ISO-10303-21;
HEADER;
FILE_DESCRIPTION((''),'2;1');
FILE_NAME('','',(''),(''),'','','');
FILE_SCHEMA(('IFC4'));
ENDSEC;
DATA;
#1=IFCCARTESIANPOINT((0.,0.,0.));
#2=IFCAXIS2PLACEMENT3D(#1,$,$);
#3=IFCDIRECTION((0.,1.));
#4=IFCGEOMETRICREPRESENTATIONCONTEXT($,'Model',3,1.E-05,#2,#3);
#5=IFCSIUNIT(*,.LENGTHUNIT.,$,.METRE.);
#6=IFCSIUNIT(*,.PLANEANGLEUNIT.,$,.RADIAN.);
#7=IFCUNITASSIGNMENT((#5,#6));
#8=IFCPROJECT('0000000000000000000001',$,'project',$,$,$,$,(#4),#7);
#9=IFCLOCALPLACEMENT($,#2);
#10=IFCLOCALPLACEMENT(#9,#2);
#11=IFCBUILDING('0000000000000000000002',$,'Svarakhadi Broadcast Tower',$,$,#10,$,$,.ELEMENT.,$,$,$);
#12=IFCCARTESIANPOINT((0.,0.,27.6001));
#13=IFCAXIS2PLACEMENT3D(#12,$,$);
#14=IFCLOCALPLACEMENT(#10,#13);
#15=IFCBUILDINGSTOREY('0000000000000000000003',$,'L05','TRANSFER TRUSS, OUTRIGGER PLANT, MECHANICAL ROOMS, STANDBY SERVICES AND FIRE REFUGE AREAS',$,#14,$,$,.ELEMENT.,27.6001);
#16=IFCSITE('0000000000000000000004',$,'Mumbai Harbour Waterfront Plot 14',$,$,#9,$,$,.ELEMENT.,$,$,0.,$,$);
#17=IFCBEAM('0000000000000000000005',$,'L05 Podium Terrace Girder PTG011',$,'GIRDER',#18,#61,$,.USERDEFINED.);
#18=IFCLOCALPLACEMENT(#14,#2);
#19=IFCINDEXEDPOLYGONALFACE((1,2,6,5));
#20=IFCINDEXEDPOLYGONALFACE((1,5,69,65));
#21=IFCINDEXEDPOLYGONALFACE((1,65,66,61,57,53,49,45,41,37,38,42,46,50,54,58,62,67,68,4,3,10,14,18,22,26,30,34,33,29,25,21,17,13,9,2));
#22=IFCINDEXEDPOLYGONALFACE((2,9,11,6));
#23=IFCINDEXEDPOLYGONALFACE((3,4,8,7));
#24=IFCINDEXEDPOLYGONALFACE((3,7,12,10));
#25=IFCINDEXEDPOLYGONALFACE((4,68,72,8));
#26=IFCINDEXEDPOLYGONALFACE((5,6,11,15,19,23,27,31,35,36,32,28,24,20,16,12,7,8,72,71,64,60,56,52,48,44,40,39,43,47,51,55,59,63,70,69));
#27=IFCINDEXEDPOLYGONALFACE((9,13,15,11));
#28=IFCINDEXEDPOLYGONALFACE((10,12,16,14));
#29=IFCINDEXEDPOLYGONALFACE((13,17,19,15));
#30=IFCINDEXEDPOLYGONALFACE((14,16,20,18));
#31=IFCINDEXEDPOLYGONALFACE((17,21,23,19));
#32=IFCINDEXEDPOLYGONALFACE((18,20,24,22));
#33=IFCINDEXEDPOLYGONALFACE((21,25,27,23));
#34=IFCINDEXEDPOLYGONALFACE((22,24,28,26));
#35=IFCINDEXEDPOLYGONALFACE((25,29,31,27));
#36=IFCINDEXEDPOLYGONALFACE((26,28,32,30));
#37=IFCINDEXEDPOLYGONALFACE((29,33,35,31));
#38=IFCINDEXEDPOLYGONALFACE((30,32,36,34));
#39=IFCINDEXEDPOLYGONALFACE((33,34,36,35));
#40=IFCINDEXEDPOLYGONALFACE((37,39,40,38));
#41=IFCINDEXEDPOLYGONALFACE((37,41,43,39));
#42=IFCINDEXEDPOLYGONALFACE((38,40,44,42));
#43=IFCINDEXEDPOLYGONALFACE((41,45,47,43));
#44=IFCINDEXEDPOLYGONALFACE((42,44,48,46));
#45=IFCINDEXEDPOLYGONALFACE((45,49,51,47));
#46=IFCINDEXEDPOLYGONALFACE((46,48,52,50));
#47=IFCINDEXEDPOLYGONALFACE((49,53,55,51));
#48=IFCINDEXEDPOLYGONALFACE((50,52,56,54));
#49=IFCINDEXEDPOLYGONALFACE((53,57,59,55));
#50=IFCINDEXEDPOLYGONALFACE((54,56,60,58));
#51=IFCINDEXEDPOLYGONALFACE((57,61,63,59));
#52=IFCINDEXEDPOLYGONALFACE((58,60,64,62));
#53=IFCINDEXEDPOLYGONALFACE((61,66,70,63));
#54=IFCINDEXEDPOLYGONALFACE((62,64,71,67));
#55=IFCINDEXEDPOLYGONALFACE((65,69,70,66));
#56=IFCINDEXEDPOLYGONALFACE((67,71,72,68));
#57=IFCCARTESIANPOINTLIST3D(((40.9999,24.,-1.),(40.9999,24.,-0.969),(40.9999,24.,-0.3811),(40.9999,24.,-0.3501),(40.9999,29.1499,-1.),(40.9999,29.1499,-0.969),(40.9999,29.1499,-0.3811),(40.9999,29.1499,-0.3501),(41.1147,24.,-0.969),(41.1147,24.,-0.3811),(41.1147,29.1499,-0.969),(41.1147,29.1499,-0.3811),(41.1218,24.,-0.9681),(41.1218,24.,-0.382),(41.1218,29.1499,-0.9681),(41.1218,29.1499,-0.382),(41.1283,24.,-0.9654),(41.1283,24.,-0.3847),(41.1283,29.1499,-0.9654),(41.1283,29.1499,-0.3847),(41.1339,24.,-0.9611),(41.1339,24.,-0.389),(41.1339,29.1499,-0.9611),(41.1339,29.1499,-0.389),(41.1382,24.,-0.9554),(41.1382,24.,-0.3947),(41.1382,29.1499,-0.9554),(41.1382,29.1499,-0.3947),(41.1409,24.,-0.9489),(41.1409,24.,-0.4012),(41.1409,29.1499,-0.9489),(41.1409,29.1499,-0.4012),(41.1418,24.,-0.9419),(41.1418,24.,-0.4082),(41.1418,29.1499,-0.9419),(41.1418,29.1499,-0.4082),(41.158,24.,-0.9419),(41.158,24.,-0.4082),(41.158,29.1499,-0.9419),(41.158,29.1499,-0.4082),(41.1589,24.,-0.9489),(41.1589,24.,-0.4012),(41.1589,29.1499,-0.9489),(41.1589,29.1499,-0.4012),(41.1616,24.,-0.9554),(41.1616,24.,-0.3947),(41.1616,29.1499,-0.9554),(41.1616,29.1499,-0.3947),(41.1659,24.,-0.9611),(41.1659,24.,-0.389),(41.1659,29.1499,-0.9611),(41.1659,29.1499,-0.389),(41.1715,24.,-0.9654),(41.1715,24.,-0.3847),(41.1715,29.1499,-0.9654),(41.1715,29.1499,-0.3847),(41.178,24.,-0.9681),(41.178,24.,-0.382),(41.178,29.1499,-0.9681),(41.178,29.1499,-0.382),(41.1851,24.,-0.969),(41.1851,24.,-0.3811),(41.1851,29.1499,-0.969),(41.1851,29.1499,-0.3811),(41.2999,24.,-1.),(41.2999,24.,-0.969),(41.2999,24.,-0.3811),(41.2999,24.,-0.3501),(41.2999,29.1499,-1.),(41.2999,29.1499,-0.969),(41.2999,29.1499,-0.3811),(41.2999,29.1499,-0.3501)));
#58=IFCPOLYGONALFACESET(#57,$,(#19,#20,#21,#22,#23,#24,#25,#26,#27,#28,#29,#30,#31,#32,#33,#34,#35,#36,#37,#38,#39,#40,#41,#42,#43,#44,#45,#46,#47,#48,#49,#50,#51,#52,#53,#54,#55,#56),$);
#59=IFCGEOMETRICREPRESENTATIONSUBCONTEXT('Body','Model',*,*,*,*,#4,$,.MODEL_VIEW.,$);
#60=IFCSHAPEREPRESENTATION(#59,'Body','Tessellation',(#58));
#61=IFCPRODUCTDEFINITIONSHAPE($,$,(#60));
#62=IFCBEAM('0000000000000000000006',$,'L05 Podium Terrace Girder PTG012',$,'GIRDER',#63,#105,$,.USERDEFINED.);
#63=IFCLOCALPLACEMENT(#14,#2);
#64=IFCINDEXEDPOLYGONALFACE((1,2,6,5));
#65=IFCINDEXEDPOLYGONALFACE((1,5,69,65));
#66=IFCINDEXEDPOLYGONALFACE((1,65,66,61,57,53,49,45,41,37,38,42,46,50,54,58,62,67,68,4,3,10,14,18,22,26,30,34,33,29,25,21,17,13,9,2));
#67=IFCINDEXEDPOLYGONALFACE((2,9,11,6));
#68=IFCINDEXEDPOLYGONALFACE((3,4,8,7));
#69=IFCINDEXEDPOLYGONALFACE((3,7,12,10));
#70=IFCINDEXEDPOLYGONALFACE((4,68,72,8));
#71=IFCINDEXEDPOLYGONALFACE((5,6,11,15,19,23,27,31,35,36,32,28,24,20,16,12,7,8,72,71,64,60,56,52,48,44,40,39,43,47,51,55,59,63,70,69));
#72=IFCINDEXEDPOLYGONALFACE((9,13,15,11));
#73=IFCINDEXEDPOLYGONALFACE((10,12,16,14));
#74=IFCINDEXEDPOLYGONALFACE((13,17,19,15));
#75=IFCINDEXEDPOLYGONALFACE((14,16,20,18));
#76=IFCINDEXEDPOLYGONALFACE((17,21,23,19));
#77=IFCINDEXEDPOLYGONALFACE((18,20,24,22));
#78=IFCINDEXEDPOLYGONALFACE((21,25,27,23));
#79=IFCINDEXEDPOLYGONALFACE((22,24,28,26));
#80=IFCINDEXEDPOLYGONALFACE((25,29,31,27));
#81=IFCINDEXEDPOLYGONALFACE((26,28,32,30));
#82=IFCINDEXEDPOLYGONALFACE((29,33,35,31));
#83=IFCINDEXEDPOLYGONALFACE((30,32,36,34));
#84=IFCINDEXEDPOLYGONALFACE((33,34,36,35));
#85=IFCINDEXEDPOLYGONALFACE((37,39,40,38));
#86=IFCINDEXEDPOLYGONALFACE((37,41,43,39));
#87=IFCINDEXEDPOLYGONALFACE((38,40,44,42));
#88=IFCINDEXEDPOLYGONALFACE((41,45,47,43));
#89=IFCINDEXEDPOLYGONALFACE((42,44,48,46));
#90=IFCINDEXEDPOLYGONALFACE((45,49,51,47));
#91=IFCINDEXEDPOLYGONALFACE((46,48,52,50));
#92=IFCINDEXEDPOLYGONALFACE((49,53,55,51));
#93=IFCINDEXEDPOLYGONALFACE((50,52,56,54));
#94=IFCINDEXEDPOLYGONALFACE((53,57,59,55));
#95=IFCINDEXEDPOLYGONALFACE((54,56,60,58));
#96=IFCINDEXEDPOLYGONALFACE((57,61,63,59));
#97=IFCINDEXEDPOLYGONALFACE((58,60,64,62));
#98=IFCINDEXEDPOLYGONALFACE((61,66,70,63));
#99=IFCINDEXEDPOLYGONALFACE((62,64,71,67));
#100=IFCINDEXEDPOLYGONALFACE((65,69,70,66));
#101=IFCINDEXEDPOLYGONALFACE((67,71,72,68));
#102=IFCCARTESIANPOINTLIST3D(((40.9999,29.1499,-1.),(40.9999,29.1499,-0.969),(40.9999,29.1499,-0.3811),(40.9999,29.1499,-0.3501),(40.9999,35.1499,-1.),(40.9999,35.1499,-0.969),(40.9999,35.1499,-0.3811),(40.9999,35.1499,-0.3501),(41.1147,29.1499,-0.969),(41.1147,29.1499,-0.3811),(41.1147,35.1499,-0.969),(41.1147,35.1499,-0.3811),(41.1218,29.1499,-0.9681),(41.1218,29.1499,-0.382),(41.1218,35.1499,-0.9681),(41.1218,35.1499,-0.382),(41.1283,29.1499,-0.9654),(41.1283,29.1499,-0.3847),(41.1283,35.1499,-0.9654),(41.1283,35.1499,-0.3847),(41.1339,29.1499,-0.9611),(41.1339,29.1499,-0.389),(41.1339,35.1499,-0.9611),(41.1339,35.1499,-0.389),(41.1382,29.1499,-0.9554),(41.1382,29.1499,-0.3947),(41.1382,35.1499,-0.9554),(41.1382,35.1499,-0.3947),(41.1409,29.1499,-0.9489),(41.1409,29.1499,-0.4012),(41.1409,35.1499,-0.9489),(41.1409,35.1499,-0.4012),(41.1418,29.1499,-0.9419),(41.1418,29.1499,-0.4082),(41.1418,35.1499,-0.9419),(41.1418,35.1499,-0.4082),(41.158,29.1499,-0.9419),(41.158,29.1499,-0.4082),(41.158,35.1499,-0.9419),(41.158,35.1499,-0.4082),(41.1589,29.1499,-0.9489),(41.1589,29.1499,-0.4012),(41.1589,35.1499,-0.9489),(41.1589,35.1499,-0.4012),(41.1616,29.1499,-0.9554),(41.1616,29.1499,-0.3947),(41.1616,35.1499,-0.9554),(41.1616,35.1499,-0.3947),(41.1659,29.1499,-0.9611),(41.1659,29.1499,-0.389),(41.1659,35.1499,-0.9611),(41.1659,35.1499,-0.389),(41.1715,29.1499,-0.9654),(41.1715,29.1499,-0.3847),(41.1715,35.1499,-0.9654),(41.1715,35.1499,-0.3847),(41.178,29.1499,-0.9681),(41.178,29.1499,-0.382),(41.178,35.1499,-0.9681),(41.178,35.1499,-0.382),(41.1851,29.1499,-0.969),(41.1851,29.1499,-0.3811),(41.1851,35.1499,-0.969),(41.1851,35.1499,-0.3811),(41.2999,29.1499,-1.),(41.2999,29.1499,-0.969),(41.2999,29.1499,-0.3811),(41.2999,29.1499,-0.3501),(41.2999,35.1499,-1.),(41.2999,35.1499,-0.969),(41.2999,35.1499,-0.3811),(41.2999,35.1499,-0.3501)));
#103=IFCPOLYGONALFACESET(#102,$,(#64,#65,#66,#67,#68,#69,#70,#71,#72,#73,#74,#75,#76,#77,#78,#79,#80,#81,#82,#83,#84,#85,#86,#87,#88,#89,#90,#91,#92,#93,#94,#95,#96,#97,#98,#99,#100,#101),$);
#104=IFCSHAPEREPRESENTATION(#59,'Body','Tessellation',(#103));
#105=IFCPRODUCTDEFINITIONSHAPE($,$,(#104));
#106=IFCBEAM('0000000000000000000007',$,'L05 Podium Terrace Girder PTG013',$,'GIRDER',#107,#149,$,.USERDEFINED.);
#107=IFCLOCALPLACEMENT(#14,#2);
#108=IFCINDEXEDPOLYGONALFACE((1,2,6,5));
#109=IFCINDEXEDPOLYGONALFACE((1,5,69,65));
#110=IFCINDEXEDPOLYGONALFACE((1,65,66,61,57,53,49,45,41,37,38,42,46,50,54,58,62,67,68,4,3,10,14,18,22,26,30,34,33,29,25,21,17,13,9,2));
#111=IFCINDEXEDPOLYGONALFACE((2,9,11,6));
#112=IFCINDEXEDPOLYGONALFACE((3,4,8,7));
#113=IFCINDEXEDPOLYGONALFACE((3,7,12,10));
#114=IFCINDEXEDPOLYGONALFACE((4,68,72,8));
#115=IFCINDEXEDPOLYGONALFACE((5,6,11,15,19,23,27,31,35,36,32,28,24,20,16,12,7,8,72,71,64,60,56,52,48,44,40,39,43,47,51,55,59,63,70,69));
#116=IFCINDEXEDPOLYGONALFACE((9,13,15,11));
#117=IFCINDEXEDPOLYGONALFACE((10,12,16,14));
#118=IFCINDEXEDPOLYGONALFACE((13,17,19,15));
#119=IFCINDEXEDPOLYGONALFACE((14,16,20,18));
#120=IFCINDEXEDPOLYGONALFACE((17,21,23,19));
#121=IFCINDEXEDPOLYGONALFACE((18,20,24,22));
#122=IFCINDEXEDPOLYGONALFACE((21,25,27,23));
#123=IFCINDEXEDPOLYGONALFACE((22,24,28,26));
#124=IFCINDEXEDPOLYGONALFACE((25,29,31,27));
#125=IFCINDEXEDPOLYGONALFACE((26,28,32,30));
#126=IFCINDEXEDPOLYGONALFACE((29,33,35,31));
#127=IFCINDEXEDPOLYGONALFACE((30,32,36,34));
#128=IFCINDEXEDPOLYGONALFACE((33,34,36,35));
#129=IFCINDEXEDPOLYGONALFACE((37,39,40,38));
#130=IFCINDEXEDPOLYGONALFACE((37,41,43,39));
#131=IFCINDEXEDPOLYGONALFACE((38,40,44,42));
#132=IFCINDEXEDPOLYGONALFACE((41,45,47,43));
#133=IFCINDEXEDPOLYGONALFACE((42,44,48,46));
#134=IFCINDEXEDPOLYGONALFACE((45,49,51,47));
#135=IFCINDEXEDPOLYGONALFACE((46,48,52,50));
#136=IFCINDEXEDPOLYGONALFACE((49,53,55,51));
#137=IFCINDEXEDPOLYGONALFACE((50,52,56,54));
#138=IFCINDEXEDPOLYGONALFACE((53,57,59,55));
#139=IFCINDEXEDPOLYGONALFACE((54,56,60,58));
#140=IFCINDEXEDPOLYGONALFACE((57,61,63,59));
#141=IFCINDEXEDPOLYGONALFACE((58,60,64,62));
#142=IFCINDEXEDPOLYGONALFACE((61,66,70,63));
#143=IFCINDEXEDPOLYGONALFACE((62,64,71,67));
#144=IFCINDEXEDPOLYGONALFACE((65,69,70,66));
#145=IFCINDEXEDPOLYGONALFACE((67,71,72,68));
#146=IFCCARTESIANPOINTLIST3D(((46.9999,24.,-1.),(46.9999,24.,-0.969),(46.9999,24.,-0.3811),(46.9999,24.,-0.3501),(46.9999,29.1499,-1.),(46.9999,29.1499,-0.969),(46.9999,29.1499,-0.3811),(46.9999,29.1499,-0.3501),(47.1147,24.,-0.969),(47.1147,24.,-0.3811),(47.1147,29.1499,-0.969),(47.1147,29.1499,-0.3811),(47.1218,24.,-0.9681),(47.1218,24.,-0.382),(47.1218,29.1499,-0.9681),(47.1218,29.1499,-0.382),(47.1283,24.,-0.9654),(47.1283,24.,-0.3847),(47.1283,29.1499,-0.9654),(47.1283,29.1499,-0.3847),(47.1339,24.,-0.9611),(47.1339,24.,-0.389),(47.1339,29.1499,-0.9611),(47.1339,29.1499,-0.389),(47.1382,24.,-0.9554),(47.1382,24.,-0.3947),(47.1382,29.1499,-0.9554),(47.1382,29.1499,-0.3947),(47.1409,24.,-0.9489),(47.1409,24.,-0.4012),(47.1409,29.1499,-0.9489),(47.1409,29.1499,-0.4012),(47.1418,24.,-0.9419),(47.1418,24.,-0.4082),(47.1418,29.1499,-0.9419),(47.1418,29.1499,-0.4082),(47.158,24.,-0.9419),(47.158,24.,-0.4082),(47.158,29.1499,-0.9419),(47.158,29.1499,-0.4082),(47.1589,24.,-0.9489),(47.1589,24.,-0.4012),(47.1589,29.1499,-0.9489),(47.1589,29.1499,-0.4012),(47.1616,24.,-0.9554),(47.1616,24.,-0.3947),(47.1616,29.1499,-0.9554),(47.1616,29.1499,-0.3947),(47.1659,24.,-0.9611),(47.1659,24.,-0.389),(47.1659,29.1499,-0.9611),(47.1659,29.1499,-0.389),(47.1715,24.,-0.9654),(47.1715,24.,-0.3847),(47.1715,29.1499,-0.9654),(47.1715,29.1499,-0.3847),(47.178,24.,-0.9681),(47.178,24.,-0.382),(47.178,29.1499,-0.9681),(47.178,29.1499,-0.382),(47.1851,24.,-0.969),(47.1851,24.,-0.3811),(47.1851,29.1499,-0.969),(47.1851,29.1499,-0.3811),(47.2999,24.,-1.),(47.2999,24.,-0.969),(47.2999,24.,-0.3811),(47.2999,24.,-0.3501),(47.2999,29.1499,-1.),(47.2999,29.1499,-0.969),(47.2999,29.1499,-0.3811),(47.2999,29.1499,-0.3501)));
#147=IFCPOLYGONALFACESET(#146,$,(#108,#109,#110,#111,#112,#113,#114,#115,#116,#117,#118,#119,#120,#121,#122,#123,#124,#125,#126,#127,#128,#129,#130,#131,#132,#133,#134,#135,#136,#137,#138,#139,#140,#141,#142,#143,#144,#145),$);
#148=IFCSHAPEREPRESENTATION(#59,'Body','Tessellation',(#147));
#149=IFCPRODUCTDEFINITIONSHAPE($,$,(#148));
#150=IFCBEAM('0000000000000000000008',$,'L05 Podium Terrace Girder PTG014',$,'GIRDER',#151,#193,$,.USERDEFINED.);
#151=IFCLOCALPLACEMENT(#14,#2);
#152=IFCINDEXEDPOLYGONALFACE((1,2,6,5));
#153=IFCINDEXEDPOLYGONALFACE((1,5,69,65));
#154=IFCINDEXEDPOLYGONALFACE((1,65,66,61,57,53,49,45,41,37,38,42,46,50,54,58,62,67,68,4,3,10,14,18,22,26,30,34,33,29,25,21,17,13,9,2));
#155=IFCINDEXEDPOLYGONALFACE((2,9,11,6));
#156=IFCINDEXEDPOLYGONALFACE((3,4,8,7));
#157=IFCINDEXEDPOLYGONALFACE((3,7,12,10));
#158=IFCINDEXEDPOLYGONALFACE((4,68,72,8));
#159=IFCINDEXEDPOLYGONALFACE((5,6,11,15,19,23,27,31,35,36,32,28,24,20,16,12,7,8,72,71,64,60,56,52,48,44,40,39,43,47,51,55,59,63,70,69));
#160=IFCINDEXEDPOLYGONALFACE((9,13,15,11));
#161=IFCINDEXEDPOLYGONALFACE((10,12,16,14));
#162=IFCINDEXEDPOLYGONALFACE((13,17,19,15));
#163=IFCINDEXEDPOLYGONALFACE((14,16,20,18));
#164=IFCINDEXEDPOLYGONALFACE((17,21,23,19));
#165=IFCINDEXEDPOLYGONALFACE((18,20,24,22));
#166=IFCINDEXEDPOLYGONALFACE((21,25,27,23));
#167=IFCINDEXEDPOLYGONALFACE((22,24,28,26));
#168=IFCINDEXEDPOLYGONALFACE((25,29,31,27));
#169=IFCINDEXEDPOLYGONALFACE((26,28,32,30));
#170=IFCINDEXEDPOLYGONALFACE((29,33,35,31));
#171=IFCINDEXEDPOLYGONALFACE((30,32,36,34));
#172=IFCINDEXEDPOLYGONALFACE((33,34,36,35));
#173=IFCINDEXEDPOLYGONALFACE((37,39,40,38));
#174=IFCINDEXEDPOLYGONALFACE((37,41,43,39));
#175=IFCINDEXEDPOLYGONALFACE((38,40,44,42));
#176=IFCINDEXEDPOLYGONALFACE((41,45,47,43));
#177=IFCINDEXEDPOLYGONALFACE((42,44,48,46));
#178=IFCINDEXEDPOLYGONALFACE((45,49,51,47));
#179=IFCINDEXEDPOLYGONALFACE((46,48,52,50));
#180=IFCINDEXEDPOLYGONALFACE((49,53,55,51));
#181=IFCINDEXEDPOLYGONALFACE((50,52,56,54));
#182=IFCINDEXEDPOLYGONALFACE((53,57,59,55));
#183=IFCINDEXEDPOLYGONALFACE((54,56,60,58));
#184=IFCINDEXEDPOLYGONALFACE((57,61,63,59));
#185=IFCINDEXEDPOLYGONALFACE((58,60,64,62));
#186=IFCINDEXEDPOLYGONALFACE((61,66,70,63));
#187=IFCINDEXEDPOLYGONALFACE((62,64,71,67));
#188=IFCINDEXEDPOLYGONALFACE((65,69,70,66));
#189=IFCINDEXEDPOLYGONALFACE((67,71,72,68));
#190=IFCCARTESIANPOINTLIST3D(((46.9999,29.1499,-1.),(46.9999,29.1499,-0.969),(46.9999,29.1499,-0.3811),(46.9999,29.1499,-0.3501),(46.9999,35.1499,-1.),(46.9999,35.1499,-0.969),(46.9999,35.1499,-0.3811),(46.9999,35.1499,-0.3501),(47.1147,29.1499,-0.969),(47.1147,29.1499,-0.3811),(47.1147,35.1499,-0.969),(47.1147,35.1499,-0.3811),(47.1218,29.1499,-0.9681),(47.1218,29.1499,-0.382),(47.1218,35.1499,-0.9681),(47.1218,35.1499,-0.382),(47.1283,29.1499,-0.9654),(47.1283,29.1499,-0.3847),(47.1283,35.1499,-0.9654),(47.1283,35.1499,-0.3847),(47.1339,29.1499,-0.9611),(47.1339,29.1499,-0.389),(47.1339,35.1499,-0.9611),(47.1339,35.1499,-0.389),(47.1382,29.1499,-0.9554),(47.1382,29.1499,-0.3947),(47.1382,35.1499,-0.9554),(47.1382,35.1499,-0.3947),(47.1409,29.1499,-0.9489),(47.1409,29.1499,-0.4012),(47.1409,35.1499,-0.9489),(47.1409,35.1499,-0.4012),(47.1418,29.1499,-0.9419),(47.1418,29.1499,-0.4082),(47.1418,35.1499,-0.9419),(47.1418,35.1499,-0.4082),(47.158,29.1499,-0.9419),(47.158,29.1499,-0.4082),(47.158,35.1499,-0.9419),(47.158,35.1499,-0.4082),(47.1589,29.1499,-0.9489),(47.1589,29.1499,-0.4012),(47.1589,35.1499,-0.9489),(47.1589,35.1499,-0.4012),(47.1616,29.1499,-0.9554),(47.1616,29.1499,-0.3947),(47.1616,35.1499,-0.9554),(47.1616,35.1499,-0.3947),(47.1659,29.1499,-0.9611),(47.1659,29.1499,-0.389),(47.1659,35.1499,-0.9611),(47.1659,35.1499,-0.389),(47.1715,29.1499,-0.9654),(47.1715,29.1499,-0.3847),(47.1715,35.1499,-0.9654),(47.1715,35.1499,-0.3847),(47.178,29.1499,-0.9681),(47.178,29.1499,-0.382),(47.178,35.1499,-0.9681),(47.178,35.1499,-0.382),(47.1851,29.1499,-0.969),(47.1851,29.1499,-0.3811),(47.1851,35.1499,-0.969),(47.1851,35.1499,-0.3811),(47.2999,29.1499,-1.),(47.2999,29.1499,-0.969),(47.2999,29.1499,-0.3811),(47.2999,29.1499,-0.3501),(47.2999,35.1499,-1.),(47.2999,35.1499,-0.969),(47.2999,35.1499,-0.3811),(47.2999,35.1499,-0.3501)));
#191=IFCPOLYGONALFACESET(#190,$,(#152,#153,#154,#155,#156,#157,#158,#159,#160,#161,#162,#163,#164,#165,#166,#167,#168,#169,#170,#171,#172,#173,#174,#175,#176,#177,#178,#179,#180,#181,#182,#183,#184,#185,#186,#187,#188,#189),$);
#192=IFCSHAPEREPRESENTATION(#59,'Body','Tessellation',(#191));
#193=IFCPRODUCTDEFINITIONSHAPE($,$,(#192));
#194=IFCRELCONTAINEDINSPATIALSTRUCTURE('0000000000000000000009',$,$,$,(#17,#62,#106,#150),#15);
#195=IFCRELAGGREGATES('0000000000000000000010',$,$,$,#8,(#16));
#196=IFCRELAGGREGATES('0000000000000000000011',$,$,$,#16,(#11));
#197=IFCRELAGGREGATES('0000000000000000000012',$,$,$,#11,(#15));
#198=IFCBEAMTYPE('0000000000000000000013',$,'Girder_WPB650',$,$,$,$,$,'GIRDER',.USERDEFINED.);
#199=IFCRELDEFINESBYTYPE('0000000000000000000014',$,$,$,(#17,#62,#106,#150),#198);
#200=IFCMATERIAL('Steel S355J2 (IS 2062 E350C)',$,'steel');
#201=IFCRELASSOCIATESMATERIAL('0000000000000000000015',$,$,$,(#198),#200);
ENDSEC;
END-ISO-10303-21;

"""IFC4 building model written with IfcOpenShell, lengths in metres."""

from ifc_helpers import new_model, si_unit, direction, frame, origin, origin_2d, place, context, subcontext, project, spatial, i_section, extrude, material, material_profile, profile_set, type_object, element, save


model = new_model("IFC4")

# Units and contexts
model_context = context("Model", 3, precision=1e-05, world=origin(), true_north=direction((0.0, 1.0)))
body_context = subcontext(model_context, "Body", "Model", "MODEL_VIEW")
ifc_project = project(units=[si_unit("LENGTHUNIT", "METRE"), si_unit("PLANEANGLEUNIT", "RADIAN")], contexts=[model_context])

# Site, building, storey
site_placement = place(None, origin())
site = spatial("IfcSite", under=ifc_project, at=site_placement, Name="Mumbai Harbour Waterfront Plot 14", CompositionType="ELEMENT", RefElevation=0.0)
building_placement = place(site_placement, origin())
building = spatial("IfcBuilding", under=site, at=building_placement, Name="Svarakhadi Broadcast Tower", CompositionType="ELEMENT")
storey_placement = place(building_placement, frame((0.0, 0.0, 27.6001)))
storey = spatial("IfcBuildingStorey", under=building, at=storey_placement, Name="L05", Description="TRANSFER TRUSS, OUTRIGGER PLANT, MECHANICAL ROOMS, STANDBY SERVICES AND FIRE REFUGE AREAS", CompositionType="ELEMENT", Elevation=27.6001)

# Beams
ifc_material_1 = material(Name="Steel S355J2 (IS 2062 E350C)", Category="steel")
ifc_material_profile_1 = material_profile(ifc_material_1, i_section(OverallWidth=0.3, OverallDepth=0.6499, WebThickness=0.0161, FlangeThickness=0.031, FilletRadius=0.0271, at=origin_2d()), Name="WPB 650x300x225")
ifc_profile_set_1 = profile_set([ifc_material_profile_1], Name="Steel S355J2 (IS 2062 E350C)")
beam_type_1 = type_object("IfcBeamType", Name="Girder_WPB650", ElementType="GIRDER", PredefinedType="USERDEFINED", material=ifc_profile_set_1)
beam_1_placement = place(storey_placement, frame((41.1499, 24.0, -0.675), z_axis=(0.0, 1.0, 0.0), x_axis=(-1.0, 0.0, 0.0)))
element("IfcBeam", 1, at=beam_1_placement, inside=storey, type_object=beam_type_1, Name="L05 Podium Terrace Girder PTG011", ObjectType="GIRDER", PredefinedType="USERDEFINED", context=body_context, shape_type="SweptSolid", body=[
    extrude(i_section(OverallWidth=0.3, OverallDepth=0.6499, WebThickness=0.0161, FlangeThickness=0.031, FilletRadius=0.0271, at=origin_2d()), origin(), (0.0, 0.0, 1.0), 5.1499),
])
beam_2_placement = place(storey_placement, frame((41.1499, 29.1499, -0.675), z_axis=(0.0, 1.0, 0.0), x_axis=(-1.0, 0.0, 0.0)))
element("IfcBeam", 2, at=beam_2_placement, inside=storey, type_object=beam_type_1, Name="L05 Podium Terrace Girder PTG012", ObjectType="GIRDER", PredefinedType="USERDEFINED", context=body_context, shape_type="SweptSolid", body=[
    extrude(i_section(OverallWidth=0.3, OverallDepth=0.6499, WebThickness=0.0161, FlangeThickness=0.031, FilletRadius=0.0271, at=origin_2d()), origin(), (0.0, 0.0, 1.0), 6.0),
])
beam_3_placement = place(storey_placement, frame((47.1499, 24.0, -0.675), z_axis=(0.0, 1.0, 0.0), x_axis=(-1.0, 0.0, 0.0)))
element("IfcBeam", 3, at=beam_3_placement, inside=storey, type_object=beam_type_1, Name="L05 Podium Terrace Girder PTG013", ObjectType="GIRDER", PredefinedType="USERDEFINED", context=body_context, shape_type="SweptSolid", body=[
    extrude(i_section(OverallWidth=0.3, OverallDepth=0.6499, WebThickness=0.0161, FlangeThickness=0.031, FilletRadius=0.0271, at=origin_2d()), origin(), (0.0, 0.0, 1.0), 5.1499),
])
for number, where, z_axis, x_axis, name in (
    (4, (47.1499, 29.1499, -0.675), (0.0, 1.0, 0.0), (-1.0, 0.0, 0.0), "L05 Podium Terrace Girder PTG014"),
):
    element("IfcBeam", number, at=place(storey_placement, frame(where, z_axis=z_axis, x_axis=x_axis)), inside=storey, type_object=beam_type_1, Name=name, ObjectType="GIRDER", PredefinedType="USERDEFINED", context=body_context, shape_type="SweptSolid", body=[
        extrude(i_section(OverallWidth=0.3, OverallDepth=0.6499, WebThickness=0.0161, FlangeThickness=0.031, FilletRadius=0.0271, at=origin_2d()), origin(), (0.0, 0.0, 1.0), 6.0),
    ])

save(model, "model.ifc")
